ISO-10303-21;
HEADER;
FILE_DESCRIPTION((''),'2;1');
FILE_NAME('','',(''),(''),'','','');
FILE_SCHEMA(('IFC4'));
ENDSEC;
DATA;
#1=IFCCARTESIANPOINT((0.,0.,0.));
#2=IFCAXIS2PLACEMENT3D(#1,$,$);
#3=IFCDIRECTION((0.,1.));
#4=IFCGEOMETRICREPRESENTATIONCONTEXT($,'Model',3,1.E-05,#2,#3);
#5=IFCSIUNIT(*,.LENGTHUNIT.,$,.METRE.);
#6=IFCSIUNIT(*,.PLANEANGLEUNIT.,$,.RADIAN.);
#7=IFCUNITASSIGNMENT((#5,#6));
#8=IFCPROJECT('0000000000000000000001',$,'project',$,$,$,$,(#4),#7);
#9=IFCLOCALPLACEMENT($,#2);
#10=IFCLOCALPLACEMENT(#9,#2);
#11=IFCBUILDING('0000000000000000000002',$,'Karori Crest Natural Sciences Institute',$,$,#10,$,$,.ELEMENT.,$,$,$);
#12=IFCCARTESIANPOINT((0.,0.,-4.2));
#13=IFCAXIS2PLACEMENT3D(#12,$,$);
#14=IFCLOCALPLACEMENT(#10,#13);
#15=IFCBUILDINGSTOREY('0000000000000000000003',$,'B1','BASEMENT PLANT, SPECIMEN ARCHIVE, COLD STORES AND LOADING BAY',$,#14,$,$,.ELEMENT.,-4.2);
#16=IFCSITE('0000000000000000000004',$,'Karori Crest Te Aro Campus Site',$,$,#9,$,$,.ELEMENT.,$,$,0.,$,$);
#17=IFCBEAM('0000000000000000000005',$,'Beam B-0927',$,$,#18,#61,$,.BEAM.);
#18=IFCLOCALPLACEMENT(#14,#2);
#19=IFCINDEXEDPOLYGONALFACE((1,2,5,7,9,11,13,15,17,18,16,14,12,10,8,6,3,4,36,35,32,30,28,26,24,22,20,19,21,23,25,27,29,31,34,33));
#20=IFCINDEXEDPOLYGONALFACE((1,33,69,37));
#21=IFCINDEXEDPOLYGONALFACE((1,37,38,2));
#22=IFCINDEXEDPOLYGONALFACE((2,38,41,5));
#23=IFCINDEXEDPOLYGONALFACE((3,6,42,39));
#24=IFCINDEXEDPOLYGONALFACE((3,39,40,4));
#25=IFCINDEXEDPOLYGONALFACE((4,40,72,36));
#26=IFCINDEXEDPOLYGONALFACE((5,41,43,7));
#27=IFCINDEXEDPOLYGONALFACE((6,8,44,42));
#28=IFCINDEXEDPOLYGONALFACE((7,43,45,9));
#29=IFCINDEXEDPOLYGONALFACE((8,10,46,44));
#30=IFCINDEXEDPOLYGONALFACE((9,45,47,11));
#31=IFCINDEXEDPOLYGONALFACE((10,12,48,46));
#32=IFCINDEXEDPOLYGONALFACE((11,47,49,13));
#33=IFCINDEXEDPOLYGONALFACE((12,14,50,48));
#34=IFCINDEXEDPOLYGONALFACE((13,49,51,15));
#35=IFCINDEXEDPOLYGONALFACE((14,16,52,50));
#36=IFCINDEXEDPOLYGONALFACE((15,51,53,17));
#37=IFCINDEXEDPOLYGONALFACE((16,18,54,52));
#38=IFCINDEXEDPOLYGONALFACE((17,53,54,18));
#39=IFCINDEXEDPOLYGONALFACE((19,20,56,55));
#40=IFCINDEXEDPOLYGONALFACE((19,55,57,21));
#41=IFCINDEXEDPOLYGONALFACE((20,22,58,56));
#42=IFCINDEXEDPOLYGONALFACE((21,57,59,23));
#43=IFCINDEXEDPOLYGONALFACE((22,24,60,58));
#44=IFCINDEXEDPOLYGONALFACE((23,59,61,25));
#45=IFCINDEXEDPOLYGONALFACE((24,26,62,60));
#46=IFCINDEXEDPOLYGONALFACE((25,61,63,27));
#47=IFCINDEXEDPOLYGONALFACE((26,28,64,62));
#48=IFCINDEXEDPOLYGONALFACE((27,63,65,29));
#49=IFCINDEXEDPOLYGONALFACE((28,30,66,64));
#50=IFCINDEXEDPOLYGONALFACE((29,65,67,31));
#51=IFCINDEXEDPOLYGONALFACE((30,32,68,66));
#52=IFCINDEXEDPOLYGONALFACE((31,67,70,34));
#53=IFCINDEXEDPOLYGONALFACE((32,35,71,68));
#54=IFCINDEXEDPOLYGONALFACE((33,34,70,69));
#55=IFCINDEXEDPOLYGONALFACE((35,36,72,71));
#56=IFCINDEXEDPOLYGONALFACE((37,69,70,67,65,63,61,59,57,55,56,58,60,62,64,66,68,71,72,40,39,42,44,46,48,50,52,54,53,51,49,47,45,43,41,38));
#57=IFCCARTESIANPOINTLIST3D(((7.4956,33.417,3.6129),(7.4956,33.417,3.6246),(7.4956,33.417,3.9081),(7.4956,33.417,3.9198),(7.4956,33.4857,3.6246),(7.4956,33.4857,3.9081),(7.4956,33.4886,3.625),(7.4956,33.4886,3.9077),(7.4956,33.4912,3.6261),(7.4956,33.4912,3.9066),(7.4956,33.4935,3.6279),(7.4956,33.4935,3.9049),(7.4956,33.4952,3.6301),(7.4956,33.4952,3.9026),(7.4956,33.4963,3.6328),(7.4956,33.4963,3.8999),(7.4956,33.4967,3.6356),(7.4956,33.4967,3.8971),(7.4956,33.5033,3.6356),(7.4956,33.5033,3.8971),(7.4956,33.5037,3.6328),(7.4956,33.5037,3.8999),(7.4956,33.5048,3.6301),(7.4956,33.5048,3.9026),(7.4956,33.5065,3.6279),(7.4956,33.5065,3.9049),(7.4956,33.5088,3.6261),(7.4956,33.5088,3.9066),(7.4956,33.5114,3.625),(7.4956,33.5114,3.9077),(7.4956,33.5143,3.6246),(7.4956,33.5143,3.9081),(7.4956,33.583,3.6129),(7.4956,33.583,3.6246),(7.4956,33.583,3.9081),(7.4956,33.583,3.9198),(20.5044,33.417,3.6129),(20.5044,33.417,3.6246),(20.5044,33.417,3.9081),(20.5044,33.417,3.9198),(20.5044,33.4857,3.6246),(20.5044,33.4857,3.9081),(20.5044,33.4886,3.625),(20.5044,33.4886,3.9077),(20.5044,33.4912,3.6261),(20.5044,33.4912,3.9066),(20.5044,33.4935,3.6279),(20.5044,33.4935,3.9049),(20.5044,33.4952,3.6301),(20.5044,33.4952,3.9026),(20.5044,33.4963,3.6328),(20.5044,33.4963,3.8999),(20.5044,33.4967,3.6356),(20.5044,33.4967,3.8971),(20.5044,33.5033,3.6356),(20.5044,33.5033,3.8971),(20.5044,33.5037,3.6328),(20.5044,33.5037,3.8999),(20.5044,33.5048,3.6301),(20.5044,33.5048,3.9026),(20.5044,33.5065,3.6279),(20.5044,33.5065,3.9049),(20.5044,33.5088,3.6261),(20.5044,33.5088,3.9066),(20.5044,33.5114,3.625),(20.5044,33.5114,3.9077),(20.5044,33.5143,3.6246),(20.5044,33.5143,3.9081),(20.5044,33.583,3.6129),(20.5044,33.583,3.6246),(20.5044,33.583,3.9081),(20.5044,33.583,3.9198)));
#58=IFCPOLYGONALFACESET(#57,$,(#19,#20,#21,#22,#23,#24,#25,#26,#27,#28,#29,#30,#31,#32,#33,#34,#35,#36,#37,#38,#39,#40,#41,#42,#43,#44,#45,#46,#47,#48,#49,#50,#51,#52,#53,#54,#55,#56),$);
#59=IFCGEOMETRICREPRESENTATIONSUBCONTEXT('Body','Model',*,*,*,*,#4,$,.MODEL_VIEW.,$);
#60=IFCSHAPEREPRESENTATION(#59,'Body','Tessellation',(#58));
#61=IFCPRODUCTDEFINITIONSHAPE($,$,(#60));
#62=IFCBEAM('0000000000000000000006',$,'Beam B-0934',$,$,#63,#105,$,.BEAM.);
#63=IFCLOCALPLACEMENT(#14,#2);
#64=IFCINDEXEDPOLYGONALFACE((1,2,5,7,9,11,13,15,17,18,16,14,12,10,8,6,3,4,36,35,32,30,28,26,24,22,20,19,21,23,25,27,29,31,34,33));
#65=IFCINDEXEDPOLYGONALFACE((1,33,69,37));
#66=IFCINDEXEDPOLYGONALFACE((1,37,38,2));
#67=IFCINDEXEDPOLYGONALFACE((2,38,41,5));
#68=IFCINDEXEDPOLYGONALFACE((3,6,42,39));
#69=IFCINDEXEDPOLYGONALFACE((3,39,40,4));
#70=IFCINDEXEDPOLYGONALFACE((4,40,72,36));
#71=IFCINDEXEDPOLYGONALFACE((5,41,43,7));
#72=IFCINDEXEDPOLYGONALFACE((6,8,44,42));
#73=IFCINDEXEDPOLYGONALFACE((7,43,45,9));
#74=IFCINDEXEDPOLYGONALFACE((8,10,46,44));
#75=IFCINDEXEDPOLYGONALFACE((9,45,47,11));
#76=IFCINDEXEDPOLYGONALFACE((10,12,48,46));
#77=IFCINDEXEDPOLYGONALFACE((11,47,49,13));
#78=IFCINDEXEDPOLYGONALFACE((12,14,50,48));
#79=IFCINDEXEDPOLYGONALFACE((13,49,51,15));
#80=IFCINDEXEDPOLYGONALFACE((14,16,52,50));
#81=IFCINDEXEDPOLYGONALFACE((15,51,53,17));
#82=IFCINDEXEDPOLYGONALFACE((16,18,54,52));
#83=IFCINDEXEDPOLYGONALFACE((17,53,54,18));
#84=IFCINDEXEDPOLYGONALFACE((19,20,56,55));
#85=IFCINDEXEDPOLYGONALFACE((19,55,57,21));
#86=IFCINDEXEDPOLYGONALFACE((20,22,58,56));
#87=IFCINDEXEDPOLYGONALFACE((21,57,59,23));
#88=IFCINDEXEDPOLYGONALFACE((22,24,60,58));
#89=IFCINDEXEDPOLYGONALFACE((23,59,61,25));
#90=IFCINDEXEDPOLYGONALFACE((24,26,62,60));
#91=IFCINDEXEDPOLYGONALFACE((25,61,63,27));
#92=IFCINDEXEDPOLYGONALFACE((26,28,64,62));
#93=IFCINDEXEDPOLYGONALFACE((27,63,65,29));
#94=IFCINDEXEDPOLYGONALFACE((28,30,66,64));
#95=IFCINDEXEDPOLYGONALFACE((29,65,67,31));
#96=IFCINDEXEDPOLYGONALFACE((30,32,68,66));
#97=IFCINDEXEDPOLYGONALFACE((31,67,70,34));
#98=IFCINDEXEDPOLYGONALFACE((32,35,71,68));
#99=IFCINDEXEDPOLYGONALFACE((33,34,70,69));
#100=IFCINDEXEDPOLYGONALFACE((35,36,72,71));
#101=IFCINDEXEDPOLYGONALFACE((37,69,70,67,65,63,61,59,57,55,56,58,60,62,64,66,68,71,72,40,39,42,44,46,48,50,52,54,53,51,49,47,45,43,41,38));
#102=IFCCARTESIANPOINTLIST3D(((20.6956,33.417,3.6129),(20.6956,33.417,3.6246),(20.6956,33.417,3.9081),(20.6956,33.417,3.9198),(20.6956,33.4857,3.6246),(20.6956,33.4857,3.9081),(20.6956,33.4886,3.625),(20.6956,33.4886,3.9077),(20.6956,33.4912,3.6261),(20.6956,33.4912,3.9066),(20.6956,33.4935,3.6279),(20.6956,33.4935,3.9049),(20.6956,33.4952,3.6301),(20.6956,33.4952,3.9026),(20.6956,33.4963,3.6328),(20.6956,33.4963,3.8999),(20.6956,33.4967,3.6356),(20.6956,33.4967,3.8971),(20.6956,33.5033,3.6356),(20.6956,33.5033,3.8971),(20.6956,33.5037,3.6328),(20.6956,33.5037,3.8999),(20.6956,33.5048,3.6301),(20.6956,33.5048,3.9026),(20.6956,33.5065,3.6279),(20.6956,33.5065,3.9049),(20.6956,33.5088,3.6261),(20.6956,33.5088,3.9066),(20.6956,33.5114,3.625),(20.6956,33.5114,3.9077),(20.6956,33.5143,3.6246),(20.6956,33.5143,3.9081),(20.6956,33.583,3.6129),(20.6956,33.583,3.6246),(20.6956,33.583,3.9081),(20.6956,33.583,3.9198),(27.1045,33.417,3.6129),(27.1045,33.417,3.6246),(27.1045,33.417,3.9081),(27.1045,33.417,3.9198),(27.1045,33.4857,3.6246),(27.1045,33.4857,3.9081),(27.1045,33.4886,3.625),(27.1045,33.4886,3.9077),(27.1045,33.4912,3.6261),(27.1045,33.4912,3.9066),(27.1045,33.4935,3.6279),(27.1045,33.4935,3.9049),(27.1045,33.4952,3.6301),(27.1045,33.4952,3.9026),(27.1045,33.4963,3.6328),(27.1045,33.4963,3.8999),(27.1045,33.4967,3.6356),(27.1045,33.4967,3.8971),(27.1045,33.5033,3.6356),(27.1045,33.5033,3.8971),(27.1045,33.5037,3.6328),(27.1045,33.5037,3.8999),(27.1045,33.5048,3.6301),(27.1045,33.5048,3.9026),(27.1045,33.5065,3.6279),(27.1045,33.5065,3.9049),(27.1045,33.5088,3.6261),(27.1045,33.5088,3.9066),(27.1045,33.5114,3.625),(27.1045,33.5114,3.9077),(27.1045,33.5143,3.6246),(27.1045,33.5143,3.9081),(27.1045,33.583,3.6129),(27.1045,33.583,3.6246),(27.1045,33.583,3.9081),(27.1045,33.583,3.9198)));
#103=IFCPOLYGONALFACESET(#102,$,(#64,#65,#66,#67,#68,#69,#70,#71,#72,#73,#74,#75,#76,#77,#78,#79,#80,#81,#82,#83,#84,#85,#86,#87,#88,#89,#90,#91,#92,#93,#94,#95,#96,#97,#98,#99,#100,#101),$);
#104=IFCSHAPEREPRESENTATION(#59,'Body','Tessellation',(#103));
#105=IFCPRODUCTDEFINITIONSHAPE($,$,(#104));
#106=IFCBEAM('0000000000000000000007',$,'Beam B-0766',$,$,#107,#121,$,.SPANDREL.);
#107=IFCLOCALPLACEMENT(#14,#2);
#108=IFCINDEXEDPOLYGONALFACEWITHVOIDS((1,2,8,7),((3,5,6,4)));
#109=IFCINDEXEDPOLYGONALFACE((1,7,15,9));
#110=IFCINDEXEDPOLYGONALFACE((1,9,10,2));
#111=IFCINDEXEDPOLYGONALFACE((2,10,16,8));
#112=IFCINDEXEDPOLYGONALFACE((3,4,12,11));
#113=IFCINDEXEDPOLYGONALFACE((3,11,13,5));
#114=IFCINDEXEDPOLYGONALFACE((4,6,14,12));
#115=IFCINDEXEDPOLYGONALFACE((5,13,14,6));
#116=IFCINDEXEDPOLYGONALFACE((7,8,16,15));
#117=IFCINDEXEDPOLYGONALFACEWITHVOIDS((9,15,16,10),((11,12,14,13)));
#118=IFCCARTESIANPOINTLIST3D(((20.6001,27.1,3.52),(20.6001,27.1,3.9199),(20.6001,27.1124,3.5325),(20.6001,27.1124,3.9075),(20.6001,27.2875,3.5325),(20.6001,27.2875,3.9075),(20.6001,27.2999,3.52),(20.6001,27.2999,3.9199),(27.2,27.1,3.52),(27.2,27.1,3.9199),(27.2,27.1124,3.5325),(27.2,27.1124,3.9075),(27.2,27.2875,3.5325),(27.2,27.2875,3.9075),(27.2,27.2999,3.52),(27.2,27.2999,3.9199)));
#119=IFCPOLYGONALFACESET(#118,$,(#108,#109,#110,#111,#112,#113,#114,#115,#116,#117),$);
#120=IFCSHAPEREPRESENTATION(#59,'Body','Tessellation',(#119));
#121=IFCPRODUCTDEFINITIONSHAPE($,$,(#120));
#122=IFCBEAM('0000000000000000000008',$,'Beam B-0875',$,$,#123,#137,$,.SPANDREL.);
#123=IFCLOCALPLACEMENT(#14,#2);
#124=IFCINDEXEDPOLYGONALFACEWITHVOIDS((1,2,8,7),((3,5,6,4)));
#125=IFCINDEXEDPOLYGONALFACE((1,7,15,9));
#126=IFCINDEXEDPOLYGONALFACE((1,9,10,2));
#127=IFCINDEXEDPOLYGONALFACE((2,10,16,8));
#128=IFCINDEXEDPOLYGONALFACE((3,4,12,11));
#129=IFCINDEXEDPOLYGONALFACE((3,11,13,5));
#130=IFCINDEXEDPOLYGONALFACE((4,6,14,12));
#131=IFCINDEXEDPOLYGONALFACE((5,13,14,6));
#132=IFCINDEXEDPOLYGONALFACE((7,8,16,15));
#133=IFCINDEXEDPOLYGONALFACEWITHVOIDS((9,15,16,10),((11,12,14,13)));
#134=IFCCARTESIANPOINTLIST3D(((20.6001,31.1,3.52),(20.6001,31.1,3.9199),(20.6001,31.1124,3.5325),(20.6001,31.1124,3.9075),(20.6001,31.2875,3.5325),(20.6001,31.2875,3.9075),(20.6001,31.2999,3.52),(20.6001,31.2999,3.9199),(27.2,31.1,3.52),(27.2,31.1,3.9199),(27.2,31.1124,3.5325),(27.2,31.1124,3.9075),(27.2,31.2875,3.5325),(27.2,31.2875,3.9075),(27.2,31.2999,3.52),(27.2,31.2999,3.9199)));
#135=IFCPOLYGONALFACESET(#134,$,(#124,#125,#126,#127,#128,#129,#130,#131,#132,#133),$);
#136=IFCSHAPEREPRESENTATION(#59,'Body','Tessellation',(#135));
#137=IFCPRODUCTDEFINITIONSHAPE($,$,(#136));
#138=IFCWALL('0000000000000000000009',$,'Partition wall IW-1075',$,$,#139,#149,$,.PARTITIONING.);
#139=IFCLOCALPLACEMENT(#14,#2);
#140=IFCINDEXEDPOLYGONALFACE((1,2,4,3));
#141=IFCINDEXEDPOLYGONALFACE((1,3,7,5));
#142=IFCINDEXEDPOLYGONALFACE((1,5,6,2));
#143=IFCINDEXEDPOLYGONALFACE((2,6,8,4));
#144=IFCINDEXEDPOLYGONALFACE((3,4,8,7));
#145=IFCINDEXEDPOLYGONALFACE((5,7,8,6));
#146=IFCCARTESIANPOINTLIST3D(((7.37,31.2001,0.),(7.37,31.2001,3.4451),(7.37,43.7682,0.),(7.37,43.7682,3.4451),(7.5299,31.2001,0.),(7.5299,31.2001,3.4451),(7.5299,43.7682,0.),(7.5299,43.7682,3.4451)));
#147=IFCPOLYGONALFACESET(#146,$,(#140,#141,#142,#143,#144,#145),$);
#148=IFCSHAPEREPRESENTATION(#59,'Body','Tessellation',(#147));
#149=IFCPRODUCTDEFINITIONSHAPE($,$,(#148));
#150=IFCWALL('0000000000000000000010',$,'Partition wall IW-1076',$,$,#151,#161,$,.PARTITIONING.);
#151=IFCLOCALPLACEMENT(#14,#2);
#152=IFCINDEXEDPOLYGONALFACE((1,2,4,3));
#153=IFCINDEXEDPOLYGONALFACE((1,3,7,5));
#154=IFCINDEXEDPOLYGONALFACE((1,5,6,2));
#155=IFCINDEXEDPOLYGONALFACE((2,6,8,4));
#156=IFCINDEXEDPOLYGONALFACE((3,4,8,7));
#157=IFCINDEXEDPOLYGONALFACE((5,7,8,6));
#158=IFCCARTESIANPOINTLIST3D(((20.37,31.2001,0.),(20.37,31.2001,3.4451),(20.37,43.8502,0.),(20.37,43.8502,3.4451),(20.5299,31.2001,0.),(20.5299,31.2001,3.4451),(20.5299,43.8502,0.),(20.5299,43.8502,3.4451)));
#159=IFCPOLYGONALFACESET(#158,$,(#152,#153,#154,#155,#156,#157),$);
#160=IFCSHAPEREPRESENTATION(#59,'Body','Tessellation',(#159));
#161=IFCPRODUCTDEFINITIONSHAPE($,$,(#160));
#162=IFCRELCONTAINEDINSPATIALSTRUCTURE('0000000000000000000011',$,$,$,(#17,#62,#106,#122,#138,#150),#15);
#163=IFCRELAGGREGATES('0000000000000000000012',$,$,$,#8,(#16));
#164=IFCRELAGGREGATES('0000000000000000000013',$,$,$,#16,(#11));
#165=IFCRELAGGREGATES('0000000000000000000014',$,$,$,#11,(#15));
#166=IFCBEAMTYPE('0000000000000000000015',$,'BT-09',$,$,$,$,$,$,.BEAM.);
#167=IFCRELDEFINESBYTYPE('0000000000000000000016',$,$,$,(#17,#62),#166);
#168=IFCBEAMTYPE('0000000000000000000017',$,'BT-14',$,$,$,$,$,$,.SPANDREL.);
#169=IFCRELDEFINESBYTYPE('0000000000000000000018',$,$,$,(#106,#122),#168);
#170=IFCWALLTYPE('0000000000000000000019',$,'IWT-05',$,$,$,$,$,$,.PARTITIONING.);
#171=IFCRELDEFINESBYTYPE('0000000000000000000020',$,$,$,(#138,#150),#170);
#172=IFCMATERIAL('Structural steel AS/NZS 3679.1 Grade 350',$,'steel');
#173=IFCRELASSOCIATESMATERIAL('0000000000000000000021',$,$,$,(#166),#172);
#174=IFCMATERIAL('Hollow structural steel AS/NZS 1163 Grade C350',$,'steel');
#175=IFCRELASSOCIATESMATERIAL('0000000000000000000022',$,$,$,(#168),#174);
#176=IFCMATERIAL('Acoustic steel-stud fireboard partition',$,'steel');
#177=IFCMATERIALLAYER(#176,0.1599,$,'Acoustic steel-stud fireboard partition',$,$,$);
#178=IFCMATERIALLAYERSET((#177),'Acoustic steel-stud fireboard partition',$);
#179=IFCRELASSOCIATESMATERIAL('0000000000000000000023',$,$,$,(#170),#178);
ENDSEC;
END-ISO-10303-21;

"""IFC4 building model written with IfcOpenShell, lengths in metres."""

from ifc_helpers import new_model, si_unit, direction, frame, frame_2d, origin, origin_2d, place, context, subcontext, project, spatial, rectangle, hollow_rectangle, i_section, extrude, material, layer, layer_set, material_profile, profile_set, type_object, element, save


model = new_model("IFC4")

# Units and contexts
model_context = context("Model", 3, precision=1e-05, world=origin(), true_north=direction((0.0, 1.0)))
body_context = subcontext(model_context, "Body", "Model", "MODEL_VIEW")
ifc_project = project(units=[si_unit("LENGTHUNIT", "METRE"), si_unit("PLANEANGLEUNIT", "RADIAN")], contexts=[model_context])

# Site, building, storey
site_placement = place(None, origin())
site = spatial("IfcSite", under=ifc_project, at=site_placement, Name="Karori Crest Te Aro Campus Site", CompositionType="ELEMENT", RefElevation=0.0)
building_placement = place(site_placement, origin())
building = spatial("IfcBuilding", under=site, at=building_placement, Name="Karori Crest Natural Sciences Institute", CompositionType="ELEMENT")
storey_placement = place(building_placement, frame((0.0, 0.0, -4.2)))
storey = spatial("IfcBuildingStorey", under=building, at=storey_placement, Name="B1", Description="BASEMENT PLANT, SPECIMEN ARCHIVE, COLD STORES AND LOADING BAY", CompositionType="ELEMENT", Elevation=-4.2)

# Shared definitions
ifc_material_1 = material(Name="Structural steel AS/NZS 3679.1 Grade 350", Category="steel")

# Beams
ifc_material_profile_1 = material_profile(ifc_material_1, i_section(OverallWidth=0.166, OverallDepth=0.3069, WebThickness=0.0066, FlangeThickness=0.0117, FilletRadius=0.011, at=origin_2d()), Name="310UB46.2")
ifc_profile_set_1 = profile_set([ifc_material_profile_1], Name="Structural steel AS/NZS 3679.1 Grade 350")
beam_type_1 = type_object("IfcBeamType", Name="BT-09", PredefinedType="BEAM", material=ifc_profile_set_1)
beam_1_placement = place(storey_placement, frame((7.4956, 33.5, 3.7664), z_axis=(1.0, 0.0, 0.0), x_axis=(0.0, 1.0, 0.0)))
element("IfcBeam", 1, at=beam_1_placement, inside=storey, type_object=beam_type_1, Name="Beam B-0927", PredefinedType="BEAM", context=body_context, shape_type="SweptSolid", body=[
    extrude(i_section(OverallWidth=0.166, OverallDepth=0.3069, WebThickness=0.0066, FlangeThickness=0.0117, FilletRadius=0.011, at=origin_2d()), origin(), (0.0, 0.0, 1.0), 13.0088),
])
beam_2_placement = place(storey_placement, frame((20.6956, 33.5, 3.7664), z_axis=(1.0, 0.0, 0.0), x_axis=(0.0, 1.0, 0.0)))
element("IfcBeam", 2, at=beam_2_placement, inside=storey, type_object=beam_type_1, Name="Beam B-0934", PredefinedType="BEAM", context=body_context, shape_type="SweptSolid", body=[
    extrude(i_section(OverallWidth=0.166, OverallDepth=0.3069, WebThickness=0.0066, FlangeThickness=0.0117, FilletRadius=0.011, at=origin_2d()), origin(), (0.0, 0.0, 1.0), 6.4089),
])
ifc_material_2 = material(Name="Hollow structural steel AS/NZS 1163 Grade C350", Category="steel")
ifc_material_profile_2 = material_profile(ifc_material_2, hollow_rectangle(XDim=0.2, YDim=0.3999, WallThickness=0.0125, at=origin_2d()), Name="RHS400x200x12.5")
ifc_profile_set_2 = profile_set([ifc_material_profile_2], Name="Hollow structural steel AS/NZS 1163 Grade C350")
beam_type_2 = type_object("IfcBeamType", Name="BT-14", PredefinedType="SPANDREL", material=ifc_profile_set_2)
for number, where, z_axis, x_axis, name in (
    (3, (20.6001, 27.2, 3.72), (1.0, 0.0, 0.0), (0.0, 1.0, 0.0), "Beam B-0766"),
    (4, (20.6001, 31.2, 3.72), (1.0, 0.0, 0.0), (0.0, 1.0, 0.0), "Beam B-0875"),
):
    element("IfcBeam", number, at=place(storey_placement, frame(where, z_axis=z_axis, x_axis=x_axis)), inside=storey, type_object=beam_type_2, Name=name, PredefinedType="SPANDREL", context=body_context, shape_type="SweptSolid", body=[
        extrude(hollow_rectangle(XDim=0.2, YDim=0.3999, WallThickness=0.0125, at=origin_2d()), origin(), (0.0, 0.0, 1.0), 6.5999),
    ])

# Walls
ifc_material_3 = material(Name="Acoustic steel-stud fireboard partition", Category="steel")
ifc_layer = layer(ifc_material_3, 0.1599, Name="Acoustic steel-stud fireboard partition")
ifc_layer_set = layer_set([ifc_layer], Name="Acoustic steel-stud fireboard partition")
wall_type = type_object("IfcWallType", Name="IWT-05", PredefinedType="PARTITIONING", material=ifc_layer_set)
wall_1_placement = place(storey_placement, frame((7.45, 31.2, 0.0), z_axis=(0.0, 0.0, 1.0), x_axis=(0.0, 1.0, 0.0)))
element("IfcWall", 5, at=wall_1_placement, inside=storey, type_object=wall_type, Name="Partition wall IW-1075", PredefinedType="PARTITIONING", context=body_context, shape_type="SweptSolid", body=[
    extrude(rectangle(XDim=12.5681, YDim=0.1599, at=frame_2d((6.2842, 0.0))), origin(), (0.0, 0.0, 1.0), 3.4451),
])
wall_2_placement = place(storey_placement, frame((20.45, 31.2, 0.0), z_axis=(0.0, 0.0, 1.0), x_axis=(0.0, 1.0, 0.0)))
element("IfcWall", 6, at=wall_2_placement, inside=storey, type_object=wall_type, Name="Partition wall IW-1076", PredefinedType="PARTITIONING", context=body_context, shape_type="SweptSolid", body=[
    extrude(rectangle(XDim=12.6501, YDim=0.1599, at=frame_2d((6.3252, 0.0))), origin(), (0.0, 0.0, 1.0), 3.4451),
])

save(model, "model.ifc")
